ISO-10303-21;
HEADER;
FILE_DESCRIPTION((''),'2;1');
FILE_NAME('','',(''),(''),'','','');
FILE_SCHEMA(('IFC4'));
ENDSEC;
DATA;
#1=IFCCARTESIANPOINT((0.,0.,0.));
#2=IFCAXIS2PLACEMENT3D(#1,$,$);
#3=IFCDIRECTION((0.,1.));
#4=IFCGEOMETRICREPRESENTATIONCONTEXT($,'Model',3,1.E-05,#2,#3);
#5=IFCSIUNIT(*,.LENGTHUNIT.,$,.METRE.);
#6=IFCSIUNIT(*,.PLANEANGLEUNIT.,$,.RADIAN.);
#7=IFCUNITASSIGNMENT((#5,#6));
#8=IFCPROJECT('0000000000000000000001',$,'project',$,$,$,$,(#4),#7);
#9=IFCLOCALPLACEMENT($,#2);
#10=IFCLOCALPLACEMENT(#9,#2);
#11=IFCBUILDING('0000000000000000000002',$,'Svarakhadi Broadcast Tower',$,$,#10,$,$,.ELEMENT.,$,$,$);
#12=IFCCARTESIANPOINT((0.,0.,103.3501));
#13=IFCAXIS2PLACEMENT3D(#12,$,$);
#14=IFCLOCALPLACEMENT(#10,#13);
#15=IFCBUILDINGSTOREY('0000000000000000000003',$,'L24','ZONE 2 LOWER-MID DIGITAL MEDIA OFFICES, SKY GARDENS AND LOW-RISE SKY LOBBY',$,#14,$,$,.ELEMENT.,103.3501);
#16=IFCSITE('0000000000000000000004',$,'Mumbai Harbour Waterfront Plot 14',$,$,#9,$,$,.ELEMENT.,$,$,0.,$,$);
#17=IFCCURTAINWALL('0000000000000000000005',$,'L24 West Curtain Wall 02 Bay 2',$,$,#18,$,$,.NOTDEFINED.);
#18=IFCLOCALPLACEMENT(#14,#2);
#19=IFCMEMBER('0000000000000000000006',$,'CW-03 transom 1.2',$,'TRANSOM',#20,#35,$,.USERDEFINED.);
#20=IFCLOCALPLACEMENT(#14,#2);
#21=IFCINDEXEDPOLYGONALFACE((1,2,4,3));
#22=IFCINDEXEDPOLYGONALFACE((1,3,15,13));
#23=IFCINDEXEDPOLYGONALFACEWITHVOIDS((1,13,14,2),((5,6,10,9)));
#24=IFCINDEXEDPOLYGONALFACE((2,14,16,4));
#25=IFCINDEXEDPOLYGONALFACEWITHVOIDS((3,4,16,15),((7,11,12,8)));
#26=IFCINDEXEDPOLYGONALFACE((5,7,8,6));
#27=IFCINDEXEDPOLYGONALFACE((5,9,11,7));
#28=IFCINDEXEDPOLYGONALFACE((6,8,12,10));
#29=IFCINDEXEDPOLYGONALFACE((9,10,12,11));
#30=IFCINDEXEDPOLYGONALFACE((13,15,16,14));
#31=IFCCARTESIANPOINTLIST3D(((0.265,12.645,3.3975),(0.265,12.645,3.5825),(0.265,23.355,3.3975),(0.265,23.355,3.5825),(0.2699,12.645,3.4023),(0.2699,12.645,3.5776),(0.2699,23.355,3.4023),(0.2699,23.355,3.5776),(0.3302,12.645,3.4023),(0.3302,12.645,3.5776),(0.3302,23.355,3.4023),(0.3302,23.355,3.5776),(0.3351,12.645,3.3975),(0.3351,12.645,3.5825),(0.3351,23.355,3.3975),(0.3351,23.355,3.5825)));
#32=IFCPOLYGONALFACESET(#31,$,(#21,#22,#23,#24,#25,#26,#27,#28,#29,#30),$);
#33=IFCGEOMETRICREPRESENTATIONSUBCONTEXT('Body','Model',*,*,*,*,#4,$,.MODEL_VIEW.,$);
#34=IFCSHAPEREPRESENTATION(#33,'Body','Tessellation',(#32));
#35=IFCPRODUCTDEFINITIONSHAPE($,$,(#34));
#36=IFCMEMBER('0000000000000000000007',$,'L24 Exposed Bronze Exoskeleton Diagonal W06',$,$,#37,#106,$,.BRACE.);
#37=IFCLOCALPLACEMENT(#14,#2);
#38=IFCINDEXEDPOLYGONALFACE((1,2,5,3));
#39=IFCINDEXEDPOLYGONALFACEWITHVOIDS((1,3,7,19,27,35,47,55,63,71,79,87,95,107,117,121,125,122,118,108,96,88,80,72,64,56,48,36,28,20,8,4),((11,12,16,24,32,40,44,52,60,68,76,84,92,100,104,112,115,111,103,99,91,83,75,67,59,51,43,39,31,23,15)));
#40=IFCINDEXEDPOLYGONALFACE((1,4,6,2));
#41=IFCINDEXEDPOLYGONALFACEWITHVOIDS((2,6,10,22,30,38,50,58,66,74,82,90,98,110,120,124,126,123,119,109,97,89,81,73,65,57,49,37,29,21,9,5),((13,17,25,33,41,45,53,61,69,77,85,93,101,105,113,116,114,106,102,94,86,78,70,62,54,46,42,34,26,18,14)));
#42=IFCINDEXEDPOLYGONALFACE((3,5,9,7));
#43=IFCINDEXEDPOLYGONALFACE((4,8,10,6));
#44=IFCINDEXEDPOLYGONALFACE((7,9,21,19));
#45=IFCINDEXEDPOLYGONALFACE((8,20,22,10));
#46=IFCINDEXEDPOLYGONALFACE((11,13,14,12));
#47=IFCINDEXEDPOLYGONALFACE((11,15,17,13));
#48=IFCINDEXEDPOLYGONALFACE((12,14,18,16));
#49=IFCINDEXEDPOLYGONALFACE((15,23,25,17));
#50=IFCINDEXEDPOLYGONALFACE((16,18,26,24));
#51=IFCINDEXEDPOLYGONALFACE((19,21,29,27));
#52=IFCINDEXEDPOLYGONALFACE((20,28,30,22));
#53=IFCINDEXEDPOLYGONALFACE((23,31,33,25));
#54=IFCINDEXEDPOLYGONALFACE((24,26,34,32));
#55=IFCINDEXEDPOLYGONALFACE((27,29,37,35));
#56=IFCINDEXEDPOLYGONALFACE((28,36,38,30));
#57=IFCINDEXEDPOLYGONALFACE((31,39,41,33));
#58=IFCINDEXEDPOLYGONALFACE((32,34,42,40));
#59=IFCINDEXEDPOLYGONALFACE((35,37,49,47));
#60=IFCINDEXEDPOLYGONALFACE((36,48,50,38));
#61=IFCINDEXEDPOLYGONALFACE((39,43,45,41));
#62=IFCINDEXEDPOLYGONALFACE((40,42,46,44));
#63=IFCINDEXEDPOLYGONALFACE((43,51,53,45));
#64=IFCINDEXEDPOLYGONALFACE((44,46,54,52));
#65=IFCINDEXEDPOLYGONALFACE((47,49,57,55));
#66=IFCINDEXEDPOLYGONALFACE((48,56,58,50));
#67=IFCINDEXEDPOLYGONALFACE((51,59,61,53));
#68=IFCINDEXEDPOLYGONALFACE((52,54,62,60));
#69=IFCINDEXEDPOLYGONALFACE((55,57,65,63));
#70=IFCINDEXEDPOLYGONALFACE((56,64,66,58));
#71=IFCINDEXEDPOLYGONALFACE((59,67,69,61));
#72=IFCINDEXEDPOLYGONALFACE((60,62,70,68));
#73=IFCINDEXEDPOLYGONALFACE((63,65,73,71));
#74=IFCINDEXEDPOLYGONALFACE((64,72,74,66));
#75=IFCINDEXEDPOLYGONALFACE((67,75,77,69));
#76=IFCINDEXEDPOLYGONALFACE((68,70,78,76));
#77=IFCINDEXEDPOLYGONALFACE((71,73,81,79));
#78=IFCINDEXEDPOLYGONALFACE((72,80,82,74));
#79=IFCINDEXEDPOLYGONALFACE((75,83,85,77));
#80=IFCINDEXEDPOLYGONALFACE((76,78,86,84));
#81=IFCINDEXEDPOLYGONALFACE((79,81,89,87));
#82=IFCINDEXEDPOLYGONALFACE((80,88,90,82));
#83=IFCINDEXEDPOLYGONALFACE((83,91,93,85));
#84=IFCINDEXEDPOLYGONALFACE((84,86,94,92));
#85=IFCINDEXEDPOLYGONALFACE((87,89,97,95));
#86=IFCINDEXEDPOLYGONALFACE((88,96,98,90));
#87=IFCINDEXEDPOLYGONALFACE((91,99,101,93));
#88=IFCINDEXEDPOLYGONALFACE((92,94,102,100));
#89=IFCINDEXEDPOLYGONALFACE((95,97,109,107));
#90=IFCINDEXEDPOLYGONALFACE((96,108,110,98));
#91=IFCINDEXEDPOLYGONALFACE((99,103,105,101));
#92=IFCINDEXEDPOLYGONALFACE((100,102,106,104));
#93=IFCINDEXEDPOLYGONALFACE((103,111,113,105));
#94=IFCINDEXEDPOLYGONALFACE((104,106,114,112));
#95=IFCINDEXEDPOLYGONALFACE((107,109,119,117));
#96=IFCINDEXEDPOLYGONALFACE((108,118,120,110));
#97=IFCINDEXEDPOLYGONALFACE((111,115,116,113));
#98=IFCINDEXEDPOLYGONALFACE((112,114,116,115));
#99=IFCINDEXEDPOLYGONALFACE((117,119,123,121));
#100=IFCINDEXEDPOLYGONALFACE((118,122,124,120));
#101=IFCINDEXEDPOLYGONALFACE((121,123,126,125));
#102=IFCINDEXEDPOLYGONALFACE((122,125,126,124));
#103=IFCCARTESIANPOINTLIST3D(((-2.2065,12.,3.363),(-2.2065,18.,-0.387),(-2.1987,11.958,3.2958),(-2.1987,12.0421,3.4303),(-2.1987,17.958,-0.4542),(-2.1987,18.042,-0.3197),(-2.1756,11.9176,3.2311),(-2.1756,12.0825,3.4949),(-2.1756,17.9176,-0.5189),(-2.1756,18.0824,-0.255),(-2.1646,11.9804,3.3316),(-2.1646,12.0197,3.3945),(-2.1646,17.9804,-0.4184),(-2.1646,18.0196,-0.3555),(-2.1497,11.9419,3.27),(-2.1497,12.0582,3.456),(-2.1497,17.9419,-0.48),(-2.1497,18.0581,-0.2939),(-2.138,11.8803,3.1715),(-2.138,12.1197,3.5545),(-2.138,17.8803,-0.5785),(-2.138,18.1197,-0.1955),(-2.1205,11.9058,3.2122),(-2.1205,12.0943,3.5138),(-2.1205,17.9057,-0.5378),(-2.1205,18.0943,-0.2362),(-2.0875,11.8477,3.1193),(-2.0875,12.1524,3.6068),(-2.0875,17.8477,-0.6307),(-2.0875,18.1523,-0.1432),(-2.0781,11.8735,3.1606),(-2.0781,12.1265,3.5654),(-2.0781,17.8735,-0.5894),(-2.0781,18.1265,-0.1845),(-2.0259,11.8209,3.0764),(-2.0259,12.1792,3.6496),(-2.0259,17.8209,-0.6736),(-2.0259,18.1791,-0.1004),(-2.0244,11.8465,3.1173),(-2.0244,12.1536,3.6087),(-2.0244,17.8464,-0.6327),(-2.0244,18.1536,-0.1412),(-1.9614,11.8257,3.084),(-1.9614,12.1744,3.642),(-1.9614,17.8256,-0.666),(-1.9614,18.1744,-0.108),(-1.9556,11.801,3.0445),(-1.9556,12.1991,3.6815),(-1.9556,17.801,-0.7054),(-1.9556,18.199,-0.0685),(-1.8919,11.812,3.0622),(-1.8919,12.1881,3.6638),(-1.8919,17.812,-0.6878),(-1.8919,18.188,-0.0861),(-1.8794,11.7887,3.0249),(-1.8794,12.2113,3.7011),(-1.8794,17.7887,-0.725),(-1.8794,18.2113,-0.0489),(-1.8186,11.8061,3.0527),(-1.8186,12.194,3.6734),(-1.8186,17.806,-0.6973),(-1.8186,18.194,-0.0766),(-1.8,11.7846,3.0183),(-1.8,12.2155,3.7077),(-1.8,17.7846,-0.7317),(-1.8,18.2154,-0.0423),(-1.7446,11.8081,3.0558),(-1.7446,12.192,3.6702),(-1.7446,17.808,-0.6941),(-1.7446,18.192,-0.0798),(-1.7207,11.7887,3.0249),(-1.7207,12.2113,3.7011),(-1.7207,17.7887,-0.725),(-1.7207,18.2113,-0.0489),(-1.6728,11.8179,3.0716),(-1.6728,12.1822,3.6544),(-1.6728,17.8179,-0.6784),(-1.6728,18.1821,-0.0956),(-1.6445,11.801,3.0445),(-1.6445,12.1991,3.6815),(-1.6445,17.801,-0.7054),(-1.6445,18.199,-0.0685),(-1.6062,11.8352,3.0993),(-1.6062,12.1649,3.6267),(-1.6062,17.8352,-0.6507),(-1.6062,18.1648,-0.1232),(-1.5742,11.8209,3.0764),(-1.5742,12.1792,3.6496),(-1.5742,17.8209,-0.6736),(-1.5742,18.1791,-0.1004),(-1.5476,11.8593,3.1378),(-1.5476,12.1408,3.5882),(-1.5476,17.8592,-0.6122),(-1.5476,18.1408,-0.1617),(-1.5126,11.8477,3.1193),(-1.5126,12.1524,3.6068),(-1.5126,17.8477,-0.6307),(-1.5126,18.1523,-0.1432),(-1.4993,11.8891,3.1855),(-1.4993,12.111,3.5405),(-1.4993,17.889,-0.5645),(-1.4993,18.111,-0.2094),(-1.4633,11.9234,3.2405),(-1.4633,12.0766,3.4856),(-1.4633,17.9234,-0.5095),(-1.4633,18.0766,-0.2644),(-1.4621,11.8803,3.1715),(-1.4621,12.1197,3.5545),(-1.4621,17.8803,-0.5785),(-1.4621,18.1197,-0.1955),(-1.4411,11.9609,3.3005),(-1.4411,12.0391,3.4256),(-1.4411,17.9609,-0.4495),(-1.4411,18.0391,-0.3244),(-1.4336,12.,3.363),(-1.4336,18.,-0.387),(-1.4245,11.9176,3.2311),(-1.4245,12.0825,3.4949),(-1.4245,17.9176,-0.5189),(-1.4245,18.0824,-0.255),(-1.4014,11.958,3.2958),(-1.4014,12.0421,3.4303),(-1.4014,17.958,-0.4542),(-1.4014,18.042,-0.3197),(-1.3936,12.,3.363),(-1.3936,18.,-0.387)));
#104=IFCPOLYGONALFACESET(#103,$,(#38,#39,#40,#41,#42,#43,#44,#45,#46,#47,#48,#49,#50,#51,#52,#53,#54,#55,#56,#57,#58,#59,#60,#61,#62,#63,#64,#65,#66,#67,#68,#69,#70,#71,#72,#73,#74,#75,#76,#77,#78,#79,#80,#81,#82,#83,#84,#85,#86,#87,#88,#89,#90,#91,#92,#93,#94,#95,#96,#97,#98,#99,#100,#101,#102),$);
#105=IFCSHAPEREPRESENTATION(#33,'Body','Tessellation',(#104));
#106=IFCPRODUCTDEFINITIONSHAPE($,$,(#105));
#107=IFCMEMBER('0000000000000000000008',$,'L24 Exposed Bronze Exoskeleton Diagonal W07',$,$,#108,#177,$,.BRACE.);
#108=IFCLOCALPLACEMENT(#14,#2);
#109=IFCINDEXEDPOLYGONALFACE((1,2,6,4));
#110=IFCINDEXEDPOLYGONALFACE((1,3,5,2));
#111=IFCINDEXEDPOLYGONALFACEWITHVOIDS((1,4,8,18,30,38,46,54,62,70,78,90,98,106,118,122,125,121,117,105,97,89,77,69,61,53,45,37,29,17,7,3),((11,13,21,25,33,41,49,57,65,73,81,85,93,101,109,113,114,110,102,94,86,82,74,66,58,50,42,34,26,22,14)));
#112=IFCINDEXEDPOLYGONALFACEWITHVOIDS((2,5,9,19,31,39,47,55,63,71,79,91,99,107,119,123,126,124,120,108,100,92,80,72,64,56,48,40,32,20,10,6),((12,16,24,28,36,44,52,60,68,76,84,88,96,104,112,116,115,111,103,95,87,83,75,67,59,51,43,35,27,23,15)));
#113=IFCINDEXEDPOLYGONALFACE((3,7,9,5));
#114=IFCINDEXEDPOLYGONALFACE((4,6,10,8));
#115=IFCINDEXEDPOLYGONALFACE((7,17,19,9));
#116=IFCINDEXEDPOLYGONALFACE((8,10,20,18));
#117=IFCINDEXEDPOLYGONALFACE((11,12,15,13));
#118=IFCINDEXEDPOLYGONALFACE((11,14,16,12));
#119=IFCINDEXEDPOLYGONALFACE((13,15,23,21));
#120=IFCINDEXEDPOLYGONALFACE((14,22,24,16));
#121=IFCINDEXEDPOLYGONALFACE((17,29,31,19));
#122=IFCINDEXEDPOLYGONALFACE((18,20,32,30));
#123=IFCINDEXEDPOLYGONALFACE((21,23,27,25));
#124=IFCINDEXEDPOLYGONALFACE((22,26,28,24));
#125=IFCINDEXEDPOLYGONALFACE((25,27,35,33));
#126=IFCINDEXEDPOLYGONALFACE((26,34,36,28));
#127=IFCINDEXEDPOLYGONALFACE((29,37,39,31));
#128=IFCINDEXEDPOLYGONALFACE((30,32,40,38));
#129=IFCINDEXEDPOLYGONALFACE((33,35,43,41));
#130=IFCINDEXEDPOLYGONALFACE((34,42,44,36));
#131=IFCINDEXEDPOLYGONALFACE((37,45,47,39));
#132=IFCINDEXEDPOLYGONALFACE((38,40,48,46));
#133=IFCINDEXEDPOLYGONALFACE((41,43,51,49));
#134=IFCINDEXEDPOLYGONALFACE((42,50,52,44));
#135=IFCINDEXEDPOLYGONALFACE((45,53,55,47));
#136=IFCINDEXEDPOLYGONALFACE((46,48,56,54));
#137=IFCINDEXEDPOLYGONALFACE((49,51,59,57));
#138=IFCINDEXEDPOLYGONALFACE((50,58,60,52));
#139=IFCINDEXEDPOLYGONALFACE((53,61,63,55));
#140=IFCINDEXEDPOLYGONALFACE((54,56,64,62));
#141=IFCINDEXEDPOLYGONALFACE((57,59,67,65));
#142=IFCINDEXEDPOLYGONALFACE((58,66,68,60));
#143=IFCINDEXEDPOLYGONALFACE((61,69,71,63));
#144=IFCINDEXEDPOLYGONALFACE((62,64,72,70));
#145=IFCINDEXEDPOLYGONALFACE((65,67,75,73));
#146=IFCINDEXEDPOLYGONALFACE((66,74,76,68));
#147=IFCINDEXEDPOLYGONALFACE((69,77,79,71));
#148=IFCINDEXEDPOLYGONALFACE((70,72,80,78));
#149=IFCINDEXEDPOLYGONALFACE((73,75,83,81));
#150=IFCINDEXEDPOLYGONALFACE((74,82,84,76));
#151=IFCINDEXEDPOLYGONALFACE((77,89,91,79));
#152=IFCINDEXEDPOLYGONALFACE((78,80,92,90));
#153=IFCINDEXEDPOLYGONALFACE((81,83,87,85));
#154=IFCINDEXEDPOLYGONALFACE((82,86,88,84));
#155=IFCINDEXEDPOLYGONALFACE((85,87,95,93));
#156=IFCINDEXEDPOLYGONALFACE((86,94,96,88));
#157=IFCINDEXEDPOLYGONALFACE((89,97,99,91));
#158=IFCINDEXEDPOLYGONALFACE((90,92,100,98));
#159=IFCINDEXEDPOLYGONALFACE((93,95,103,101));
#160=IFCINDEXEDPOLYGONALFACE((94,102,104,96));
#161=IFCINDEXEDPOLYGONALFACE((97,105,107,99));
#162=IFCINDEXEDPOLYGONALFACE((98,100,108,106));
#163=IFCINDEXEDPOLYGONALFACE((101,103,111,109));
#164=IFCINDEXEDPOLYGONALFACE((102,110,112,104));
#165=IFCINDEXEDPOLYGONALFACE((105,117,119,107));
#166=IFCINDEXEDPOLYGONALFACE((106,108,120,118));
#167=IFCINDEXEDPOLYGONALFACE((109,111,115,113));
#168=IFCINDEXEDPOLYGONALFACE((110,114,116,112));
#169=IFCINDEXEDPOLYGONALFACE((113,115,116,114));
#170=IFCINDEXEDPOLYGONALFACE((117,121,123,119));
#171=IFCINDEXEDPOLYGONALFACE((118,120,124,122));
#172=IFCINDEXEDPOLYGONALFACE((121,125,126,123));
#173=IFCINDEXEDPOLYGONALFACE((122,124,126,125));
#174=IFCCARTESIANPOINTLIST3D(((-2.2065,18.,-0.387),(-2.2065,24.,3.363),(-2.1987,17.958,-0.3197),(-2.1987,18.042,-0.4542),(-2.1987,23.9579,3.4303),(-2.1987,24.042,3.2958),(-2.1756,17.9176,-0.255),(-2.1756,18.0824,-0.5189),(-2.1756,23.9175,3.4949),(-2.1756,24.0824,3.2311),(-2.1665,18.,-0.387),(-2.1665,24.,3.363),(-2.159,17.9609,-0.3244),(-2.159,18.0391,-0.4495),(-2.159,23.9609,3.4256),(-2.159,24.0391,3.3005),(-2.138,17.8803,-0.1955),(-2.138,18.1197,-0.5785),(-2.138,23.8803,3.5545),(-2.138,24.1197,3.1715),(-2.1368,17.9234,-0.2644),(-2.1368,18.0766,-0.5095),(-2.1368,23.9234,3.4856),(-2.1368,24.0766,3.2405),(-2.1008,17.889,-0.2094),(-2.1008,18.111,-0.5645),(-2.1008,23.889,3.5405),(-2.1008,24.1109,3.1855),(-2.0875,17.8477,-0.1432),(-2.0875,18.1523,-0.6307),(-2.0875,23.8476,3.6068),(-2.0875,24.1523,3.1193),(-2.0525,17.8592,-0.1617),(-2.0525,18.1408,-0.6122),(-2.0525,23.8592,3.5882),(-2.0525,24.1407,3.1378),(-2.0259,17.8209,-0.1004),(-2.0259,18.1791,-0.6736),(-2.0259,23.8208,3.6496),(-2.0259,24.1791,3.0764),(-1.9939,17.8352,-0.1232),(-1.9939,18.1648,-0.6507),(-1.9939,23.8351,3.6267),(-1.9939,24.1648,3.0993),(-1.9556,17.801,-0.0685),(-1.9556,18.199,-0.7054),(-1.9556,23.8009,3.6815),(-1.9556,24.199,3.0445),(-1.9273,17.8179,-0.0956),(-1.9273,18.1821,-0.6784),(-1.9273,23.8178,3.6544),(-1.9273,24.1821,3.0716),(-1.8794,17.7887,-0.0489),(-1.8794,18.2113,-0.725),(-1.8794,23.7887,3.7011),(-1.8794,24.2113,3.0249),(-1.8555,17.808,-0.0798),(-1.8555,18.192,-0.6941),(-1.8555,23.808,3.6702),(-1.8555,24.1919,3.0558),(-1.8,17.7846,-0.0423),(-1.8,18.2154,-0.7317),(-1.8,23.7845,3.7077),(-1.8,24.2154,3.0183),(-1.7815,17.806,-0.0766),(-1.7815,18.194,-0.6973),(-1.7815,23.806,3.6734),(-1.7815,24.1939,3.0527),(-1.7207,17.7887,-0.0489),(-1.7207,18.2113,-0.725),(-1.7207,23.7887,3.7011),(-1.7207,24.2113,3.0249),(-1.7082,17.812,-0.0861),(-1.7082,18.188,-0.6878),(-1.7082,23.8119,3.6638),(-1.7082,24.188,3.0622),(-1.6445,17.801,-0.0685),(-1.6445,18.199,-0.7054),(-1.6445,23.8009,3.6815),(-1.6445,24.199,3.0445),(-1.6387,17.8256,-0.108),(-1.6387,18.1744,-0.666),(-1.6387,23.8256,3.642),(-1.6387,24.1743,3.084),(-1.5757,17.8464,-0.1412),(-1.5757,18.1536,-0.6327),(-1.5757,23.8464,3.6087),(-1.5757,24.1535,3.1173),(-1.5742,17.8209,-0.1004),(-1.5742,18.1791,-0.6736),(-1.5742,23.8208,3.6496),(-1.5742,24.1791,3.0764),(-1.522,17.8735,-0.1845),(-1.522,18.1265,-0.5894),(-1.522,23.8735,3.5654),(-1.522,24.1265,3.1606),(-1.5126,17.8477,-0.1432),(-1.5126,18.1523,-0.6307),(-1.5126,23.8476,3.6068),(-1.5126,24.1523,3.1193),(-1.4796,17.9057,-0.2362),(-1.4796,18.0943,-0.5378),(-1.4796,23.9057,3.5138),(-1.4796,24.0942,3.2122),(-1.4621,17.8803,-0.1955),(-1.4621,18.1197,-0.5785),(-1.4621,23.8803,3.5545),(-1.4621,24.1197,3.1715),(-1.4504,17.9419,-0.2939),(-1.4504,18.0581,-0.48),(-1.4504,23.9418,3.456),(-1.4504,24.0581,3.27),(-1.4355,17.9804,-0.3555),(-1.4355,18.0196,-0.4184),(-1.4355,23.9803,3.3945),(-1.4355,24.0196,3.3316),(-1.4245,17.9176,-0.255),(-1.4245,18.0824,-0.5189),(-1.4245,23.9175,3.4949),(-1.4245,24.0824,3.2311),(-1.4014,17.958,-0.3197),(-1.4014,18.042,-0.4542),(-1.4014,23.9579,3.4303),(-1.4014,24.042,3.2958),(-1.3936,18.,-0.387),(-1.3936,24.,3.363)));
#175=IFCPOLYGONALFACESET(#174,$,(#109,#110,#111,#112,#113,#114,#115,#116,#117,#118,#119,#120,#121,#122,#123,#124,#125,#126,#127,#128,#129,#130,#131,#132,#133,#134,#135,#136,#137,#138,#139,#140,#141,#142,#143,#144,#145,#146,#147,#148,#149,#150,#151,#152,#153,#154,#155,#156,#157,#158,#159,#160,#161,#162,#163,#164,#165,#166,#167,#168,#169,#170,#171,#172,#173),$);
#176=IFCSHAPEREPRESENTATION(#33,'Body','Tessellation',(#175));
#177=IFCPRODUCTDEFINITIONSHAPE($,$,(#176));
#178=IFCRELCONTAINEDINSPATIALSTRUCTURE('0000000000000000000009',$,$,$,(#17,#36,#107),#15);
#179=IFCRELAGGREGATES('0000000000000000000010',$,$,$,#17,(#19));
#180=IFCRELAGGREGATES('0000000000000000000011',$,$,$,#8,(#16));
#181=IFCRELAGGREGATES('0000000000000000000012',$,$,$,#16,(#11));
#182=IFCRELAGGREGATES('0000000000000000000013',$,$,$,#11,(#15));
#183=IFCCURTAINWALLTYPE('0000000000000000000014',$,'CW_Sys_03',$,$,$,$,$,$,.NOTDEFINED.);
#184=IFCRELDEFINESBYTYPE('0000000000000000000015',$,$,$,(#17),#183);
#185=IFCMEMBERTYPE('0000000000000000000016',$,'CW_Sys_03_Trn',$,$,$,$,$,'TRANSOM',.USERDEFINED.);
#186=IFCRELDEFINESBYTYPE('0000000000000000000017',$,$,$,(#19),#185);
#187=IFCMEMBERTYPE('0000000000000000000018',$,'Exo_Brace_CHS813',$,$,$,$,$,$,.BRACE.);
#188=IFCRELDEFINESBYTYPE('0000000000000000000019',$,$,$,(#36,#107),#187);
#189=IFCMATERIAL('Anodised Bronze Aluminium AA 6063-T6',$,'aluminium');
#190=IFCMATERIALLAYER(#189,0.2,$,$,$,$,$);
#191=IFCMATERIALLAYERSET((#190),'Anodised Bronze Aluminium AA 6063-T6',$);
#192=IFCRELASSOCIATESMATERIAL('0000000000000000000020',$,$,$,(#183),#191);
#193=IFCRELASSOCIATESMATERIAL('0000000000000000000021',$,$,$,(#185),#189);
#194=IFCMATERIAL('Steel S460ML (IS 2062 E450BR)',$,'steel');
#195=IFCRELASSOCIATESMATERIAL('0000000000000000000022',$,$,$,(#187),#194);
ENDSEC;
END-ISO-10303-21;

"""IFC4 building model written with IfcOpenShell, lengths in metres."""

from ifc_helpers import new_model, si_unit, direction, frame, origin, origin_2d, place, context, subcontext, project, spatial, hollow_rectangle, hollow_circle, extrude, material, layer, layer_set, material_profile, profile_set, type_object, element, aggregate, save


model = new_model("IFC4")

# Units and contexts
model_context = context("Model", 3, precision=1e-05, world=origin(), true_north=direction((0.0, 1.0)))
body_context = subcontext(model_context, "Body", "Model", "MODEL_VIEW")
ifc_project = project(units=[si_unit("LENGTHUNIT", "METRE"), si_unit("PLANEANGLEUNIT", "RADIAN")], contexts=[model_context])

# Site, building, storey
site_placement = place(None, origin())
site = spatial("IfcSite", under=ifc_project, at=site_placement, Name="Mumbai Harbour Waterfront Plot 14", CompositionType="ELEMENT", RefElevation=0.0)
building_placement = place(site_placement, origin())
building = spatial("IfcBuilding", under=site, at=building_placement, Name="Svarakhadi Broadcast Tower", CompositionType="ELEMENT")
storey_placement = place(building_placement, frame((0.0, 0.0, 103.3501)))
storey = spatial("IfcBuildingStorey", under=building, at=storey_placement, Name="L24", Description="ZONE 2 LOWER-MID DIGITAL MEDIA OFFICES, SKY GARDENS AND LOW-RISE SKY LOBBY", CompositionType="ELEMENT", Elevation=103.3501)

# Shared definitions
ifc_material_1 = material(Name="Steel S460ML (IS 2062 E450BR)", Category="steel")

# Shared definitions
ifc_material_2 = material(Name="Anodised Bronze Aluminium AA 6063-T6", Category="aluminium")
ifc_layer_1 = layer(ifc_material_2, 0.2)
ifc_layer_set_1 = layer_set([ifc_layer_1], Name="Anodised Bronze Aluminium AA 6063-T6")
curtain_wall_type = type_object("IfcCurtainWallType", Name="CW_Sys_03", PredefinedType="NOTDEFINED", material=ifc_layer_set_1)

# Curtain wall, member
curtain_wall_1_placement = place(storey_placement, origin())
curtain_wall_1 = element("IfcCurtainWall", 1, at=curtain_wall_1_placement, inside=storey, type_object=curtain_wall_type, Name="L24 West Curtain Wall 02 Bay 2", PredefinedType="NOTDEFINED")
ifc_material_profile_1 = material_profile(ifc_material_2, hollow_rectangle(XDim=0.0701, YDim=0.1851, WallThickness=0.0049, at=origin_2d()), Name="ALU TRANSOM 185x70x5")
ifc_profile_set_1 = profile_set([ifc_material_profile_1], Name="Anodised Bronze Aluminium AA 6063-T6")
member_type_1 = type_object("IfcMemberType", Name="CW_Sys_03_Trn", ElementType="TRANSOM", PredefinedType="USERDEFINED", material=ifc_profile_set_1)
member_1_placement = place(storey_placement, frame((0.3, 12.645, 3.49), z_axis=(0.0, 1.0, 0.0), x_axis=(-1.0, 0.0, 0.0)))
member_1 = element("IfcMember", 2, at=member_1_placement, type_object=member_type_1, Name="CW-03 transom 1.2", ObjectType="TRANSOM", PredefinedType="USERDEFINED", context=body_context, shape_type="SweptSolid", body=[
    extrude(hollow_rectangle(XDim=0.0701, YDim=0.1851, WallThickness=0.0049, at=origin_2d()), origin(), (0.0, 0.0, 1.0), 10.71),
])

# Members
ifc_material_profile_2 = material_profile(ifc_material_1, hollow_circle(Radius=0.4065, WallThickness=0.04, at=origin_2d()), Name="CHS 813x40")
ifc_profile_set_2 = profile_set([ifc_material_profile_2], Name="Steel S460ML (IS 2062 E450BR)")
member_type_2 = type_object("IfcMemberType", Name="Exo_Brace_CHS813", PredefinedType="BRACE", material=ifc_profile_set_2)
for number, where, z_axis, x_axis, name in (
    (3, (-1.8, 18.0, -0.387), (0.0, -0.847998, 0.529999), (1.0, 0.0, 0.0), "L24 Exposed Bronze Exoskeleton Diagonal W06"),
    (4, (-1.8, 18.0, -0.387), (0.0, 0.847998, 0.529999), (-1.0, 0.0, 0.0), "L24 Exposed Bronze Exoskeleton Diagonal W07"),
):
    element("IfcMember", number, at=place(storey_placement, frame(where, z_axis=z_axis, x_axis=x_axis)), inside=storey, type_object=member_type_2, Name=name, PredefinedType="BRACE", context=body_context, shape_type="SweptSolid", body=[
        extrude(hollow_circle(Radius=0.4065, WallThickness=0.04, at=origin_2d()), origin(), (0.0, 0.0, 1.0), 7.0754),
    ])

aggregate(curtain_wall_1, [member_1])

save(model, "model.ifc")
